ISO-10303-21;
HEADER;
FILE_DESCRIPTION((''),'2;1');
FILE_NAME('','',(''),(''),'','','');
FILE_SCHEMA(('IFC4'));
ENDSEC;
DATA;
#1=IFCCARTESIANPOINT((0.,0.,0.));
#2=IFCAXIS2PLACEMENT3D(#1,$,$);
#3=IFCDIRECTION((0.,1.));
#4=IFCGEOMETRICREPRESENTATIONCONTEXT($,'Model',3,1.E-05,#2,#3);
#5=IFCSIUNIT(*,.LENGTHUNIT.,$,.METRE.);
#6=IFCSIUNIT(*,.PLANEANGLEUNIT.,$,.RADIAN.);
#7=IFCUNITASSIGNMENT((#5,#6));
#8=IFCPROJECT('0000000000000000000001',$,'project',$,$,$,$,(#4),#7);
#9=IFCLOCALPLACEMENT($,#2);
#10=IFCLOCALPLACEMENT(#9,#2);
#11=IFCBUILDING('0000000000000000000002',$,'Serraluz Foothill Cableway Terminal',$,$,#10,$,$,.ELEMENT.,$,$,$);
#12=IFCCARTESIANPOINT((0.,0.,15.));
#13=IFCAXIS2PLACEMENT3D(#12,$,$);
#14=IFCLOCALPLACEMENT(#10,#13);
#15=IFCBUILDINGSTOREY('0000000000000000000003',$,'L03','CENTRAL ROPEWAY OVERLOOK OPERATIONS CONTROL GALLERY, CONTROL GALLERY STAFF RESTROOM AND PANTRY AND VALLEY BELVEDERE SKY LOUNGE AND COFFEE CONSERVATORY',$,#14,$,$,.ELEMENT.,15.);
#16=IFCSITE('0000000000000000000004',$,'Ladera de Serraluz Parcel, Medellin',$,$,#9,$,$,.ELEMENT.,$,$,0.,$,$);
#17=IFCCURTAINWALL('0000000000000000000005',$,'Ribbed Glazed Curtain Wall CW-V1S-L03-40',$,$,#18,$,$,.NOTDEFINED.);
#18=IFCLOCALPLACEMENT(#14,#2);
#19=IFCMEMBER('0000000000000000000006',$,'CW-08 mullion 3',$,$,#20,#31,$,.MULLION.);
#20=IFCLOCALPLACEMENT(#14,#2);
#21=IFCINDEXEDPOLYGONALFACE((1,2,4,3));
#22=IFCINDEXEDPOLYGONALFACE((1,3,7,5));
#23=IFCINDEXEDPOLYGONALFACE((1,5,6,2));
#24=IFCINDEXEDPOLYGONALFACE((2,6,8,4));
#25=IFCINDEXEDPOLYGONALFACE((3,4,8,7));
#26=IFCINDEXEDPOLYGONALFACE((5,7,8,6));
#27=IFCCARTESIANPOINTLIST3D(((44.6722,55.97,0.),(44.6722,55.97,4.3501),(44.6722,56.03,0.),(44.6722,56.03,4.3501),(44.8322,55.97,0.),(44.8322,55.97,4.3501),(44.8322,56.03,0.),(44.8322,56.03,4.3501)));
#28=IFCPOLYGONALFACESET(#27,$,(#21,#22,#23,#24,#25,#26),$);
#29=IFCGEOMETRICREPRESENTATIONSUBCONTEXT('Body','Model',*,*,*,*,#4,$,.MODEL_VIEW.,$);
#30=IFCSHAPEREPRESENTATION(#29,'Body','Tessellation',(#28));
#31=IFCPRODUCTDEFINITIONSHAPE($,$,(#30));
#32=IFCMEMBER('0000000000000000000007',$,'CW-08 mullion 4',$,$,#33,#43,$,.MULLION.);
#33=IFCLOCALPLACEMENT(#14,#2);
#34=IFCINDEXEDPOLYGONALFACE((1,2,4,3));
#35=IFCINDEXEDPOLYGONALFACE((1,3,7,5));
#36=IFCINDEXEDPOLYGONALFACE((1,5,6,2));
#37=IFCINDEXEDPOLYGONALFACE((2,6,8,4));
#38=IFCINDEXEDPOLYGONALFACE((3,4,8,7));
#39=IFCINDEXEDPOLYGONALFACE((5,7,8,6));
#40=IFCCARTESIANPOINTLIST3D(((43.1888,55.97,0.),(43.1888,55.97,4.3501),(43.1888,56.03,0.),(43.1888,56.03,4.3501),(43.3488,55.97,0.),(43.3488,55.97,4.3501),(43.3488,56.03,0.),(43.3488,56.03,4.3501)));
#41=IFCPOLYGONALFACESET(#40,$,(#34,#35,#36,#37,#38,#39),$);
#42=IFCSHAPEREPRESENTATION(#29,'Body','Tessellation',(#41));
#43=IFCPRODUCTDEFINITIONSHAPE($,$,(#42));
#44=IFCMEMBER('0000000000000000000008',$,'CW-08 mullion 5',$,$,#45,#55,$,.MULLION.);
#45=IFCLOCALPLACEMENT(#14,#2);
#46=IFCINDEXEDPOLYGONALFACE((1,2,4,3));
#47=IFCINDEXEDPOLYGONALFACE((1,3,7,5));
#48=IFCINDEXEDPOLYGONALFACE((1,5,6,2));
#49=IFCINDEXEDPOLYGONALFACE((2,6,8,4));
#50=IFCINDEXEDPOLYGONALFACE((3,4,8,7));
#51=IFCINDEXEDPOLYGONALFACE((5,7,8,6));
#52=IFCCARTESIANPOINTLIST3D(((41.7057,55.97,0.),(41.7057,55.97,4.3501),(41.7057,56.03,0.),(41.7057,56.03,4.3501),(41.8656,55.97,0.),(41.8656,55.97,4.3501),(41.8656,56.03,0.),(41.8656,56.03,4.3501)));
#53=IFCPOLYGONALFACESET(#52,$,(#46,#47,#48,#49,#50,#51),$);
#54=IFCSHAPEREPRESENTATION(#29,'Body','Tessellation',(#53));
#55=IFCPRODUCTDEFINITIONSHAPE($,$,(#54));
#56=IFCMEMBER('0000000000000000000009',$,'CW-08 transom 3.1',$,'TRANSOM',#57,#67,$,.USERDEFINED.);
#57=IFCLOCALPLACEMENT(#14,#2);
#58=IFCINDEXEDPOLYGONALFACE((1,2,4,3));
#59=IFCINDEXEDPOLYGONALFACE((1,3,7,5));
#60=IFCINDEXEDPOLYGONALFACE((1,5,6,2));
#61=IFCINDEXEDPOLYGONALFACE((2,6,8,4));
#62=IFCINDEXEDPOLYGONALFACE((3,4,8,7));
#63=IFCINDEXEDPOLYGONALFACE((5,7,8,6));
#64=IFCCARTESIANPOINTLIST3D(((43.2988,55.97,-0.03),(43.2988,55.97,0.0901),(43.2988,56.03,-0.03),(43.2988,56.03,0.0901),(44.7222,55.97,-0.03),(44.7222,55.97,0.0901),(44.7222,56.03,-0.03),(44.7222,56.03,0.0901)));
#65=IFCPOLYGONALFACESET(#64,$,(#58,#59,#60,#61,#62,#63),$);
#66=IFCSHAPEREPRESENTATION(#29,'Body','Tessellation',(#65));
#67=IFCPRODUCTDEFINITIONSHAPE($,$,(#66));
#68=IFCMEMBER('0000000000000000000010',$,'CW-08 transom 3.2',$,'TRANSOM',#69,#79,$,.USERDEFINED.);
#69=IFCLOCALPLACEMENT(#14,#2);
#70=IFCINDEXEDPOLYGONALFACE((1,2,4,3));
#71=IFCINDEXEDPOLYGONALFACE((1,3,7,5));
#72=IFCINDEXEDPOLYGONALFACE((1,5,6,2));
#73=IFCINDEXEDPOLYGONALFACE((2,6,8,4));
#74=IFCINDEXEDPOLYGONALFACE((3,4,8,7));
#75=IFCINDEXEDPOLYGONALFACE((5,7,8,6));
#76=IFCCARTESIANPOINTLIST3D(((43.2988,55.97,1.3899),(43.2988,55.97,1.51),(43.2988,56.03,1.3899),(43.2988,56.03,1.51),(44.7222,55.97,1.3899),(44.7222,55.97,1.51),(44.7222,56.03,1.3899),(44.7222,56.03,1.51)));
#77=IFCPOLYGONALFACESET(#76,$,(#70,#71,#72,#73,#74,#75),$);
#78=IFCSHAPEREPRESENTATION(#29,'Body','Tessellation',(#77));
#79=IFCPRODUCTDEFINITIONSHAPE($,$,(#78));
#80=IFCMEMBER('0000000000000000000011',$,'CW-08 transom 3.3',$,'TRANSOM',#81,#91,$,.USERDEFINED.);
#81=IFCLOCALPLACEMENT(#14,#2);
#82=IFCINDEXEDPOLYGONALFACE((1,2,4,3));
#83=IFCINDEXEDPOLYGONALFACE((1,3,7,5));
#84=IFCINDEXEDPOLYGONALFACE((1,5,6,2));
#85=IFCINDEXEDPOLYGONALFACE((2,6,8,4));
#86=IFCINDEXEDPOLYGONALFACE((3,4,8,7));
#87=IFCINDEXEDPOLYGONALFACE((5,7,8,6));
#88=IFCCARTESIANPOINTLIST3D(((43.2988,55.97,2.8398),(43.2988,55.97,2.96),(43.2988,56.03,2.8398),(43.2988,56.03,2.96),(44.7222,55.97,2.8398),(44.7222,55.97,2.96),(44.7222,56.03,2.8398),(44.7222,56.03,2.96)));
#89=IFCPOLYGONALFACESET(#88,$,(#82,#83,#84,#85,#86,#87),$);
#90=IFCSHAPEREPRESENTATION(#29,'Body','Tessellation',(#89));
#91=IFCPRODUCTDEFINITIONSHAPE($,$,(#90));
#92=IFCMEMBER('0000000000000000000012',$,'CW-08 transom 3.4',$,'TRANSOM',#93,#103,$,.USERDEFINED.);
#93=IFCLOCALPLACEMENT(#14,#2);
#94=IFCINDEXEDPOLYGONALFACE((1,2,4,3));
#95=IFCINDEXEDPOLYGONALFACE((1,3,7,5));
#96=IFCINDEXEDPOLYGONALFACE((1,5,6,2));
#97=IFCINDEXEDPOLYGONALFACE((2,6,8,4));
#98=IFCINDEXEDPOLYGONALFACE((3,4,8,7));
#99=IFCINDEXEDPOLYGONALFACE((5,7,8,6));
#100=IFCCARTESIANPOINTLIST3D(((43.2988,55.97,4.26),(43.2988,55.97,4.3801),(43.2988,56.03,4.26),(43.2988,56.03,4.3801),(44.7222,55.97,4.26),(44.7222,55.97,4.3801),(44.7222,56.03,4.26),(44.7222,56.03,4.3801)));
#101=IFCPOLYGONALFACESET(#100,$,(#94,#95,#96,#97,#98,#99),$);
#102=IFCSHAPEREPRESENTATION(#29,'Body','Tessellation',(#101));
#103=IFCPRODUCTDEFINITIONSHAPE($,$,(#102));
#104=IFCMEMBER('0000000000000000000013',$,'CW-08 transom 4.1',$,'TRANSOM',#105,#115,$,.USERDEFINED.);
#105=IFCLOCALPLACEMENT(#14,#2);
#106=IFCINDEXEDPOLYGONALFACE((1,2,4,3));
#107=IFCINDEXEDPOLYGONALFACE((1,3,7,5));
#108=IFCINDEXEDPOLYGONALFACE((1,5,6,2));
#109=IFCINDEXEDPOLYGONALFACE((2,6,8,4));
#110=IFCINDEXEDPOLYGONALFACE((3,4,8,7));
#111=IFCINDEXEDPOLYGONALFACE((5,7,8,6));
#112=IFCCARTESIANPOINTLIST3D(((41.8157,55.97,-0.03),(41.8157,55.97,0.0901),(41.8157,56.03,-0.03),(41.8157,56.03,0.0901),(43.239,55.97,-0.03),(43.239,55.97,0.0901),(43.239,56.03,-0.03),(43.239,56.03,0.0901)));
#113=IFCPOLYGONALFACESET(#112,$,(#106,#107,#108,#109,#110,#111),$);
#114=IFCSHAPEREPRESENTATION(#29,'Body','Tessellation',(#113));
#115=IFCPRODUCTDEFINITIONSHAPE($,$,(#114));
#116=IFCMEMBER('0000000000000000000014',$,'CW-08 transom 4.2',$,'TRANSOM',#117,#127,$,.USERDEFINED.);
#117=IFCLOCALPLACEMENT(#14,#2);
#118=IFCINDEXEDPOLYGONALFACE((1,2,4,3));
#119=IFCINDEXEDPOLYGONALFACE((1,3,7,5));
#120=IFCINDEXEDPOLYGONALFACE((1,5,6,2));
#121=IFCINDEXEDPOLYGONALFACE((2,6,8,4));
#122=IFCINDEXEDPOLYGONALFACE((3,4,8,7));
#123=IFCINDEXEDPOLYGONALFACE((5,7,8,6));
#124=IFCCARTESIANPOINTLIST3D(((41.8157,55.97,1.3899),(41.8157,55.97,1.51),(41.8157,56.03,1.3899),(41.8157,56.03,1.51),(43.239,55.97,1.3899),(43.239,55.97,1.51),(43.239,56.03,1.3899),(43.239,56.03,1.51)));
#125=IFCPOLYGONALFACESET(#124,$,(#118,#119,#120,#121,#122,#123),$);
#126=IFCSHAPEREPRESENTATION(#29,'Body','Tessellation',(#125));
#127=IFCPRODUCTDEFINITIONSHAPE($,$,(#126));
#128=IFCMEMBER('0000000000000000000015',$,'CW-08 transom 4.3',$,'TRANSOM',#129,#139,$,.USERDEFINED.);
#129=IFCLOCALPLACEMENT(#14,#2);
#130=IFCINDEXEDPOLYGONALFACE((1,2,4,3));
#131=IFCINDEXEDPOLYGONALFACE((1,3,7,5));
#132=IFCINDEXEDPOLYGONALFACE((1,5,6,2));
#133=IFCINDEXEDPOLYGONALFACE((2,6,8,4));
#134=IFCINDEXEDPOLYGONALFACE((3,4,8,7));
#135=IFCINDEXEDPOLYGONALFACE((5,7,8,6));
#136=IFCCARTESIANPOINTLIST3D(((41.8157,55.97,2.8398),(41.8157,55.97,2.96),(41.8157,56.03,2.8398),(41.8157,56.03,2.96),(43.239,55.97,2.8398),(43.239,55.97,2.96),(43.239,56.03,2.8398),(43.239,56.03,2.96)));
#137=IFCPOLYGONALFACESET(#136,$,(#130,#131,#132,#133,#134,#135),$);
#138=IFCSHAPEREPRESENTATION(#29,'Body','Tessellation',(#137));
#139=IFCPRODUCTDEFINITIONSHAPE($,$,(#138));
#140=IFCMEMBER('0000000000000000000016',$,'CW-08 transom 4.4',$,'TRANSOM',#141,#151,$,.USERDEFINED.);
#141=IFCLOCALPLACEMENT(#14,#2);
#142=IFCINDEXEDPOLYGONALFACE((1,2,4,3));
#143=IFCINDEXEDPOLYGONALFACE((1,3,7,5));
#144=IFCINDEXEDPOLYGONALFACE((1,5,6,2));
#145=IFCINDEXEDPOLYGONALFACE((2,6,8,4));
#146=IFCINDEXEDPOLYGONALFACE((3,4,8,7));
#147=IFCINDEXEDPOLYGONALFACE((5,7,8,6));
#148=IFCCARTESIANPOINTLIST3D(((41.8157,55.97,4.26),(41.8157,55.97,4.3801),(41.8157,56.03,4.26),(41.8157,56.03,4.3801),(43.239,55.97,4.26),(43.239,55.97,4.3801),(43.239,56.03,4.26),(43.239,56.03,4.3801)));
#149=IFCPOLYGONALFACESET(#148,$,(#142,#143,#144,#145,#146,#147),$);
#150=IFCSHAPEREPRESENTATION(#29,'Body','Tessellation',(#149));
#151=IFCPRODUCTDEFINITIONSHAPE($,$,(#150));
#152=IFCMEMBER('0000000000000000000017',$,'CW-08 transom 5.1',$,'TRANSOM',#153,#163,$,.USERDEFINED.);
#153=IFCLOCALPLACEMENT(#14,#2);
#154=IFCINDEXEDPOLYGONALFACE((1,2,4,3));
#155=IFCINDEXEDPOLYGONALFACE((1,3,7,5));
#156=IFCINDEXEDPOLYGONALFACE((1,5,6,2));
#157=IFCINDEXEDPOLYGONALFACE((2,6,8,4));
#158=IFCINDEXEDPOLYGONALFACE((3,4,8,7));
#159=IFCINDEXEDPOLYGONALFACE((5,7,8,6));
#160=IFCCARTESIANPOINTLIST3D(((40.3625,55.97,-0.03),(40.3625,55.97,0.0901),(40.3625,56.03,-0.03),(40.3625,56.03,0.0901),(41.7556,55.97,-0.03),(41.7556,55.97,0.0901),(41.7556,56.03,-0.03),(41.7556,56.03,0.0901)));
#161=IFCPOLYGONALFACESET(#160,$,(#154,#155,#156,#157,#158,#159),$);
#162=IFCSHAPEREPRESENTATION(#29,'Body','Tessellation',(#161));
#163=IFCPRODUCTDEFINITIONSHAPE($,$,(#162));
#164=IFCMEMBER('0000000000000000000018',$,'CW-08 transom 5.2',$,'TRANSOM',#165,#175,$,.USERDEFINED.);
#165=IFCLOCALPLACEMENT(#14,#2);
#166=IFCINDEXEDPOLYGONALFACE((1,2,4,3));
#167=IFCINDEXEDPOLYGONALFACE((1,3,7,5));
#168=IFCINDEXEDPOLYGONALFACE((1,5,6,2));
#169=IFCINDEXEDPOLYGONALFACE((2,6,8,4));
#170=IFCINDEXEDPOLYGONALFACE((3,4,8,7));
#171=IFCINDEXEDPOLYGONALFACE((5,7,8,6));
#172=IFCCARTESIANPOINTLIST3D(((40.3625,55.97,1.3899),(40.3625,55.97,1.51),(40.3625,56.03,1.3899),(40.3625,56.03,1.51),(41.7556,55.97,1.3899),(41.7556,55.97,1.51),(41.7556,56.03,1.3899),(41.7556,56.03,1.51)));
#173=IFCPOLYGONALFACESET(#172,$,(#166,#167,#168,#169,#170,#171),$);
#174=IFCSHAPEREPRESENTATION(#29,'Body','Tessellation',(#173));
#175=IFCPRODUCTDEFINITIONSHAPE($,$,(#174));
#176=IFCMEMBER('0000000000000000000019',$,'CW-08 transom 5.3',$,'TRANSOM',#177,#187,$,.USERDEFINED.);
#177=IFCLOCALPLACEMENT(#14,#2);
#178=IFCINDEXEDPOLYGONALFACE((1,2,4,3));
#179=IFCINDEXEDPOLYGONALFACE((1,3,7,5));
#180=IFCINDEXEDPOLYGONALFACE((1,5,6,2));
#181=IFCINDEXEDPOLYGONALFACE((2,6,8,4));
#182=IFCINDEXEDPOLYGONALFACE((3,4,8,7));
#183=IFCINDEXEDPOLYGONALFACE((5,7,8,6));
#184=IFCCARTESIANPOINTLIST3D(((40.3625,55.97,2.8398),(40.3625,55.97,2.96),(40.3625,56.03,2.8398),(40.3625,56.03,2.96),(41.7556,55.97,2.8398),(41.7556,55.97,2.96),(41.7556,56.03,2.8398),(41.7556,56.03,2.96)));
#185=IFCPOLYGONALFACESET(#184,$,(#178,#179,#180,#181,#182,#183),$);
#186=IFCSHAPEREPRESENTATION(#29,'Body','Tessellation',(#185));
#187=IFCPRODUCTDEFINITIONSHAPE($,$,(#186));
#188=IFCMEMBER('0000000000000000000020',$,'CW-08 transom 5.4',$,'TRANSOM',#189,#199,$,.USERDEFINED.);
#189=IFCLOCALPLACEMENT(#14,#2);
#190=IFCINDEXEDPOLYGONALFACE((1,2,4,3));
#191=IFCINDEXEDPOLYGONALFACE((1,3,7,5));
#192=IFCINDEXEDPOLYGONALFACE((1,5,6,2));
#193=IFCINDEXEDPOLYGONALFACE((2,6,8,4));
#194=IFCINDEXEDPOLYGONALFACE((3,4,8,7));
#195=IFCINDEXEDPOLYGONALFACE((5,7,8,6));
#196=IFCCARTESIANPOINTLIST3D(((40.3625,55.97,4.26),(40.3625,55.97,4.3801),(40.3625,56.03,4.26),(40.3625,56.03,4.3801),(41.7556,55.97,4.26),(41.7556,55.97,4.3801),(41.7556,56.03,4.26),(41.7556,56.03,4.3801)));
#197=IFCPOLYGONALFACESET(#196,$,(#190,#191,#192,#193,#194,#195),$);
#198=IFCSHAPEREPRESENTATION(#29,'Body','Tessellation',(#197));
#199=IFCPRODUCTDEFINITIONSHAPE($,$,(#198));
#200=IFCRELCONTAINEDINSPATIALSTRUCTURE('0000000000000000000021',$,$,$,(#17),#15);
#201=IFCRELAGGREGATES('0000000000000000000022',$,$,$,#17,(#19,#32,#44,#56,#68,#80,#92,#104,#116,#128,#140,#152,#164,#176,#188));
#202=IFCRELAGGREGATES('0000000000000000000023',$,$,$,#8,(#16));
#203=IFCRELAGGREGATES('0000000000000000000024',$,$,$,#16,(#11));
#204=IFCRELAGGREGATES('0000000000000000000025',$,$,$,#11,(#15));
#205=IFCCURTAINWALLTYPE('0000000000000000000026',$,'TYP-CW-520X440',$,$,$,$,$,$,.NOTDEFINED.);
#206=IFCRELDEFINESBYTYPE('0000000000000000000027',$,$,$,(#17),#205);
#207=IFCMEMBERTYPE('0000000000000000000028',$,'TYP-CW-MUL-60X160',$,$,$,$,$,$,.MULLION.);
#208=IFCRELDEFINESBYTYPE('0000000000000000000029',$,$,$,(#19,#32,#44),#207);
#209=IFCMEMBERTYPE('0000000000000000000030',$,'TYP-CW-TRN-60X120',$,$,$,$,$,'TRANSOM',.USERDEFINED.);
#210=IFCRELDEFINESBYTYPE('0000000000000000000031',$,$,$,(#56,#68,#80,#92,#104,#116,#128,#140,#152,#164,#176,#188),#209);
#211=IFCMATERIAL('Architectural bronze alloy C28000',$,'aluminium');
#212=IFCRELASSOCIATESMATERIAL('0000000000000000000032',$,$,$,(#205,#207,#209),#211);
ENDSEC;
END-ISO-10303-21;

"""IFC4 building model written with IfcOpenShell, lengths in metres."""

from ifc_helpers import new_model, si_unit, direction, frame, origin, origin_2d, place, context, subcontext, project, spatial, rectangle, extrude, material, material_profile, profile_set, type_object, element, aggregate, save


model = new_model("IFC4")

# Units and contexts
model_context = context("Model", 3, precision=1e-05, world=origin(), true_north=direction((0.0, 1.0)))
body_context = subcontext(model_context, "Body", "Model", "MODEL_VIEW")
ifc_project = project(units=[si_unit("LENGTHUNIT", "METRE"), si_unit("PLANEANGLEUNIT", "RADIAN")], contexts=[model_context])

# Site, building, storey
site_placement = place(None, origin())
site = spatial("IfcSite", under=ifc_project, at=site_placement, Name="Ladera de Serraluz Parcel, Medellin", CompositionType="ELEMENT", RefElevation=0.0)
building_placement = place(site_placement, origin())
building = spatial("IfcBuilding", under=site, at=building_placement, Name="Serraluz Foothill Cableway Terminal", CompositionType="ELEMENT")
storey_placement = place(building_placement, frame((0.0, 0.0, 15.0)))
storey = spatial("IfcBuildingStorey", under=building, at=storey_placement, Name="L03", Description="CENTRAL ROPEWAY OVERLOOK OPERATIONS CONTROL GALLERY, CONTROL GALLERY STAFF RESTROOM AND PANTRY AND VALLEY BELVEDERE SKY LOUNGE AND COFFEE CONSERVATORY", CompositionType="ELEMENT", Elevation=15.0)

# Curtain wall, members
ifc_material_1 = material(Name="Architectural bronze alloy C28000", Category="aluminium")
curtain_wall_type = type_object("IfcCurtainWallType", Name="TYP-CW-520X440", PredefinedType="NOTDEFINED", material=ifc_material_1)
curtain_wall_placement = place(storey_placement, origin())
curtain_wall = element("IfcCurtainWall", 1, at=curtain_wall_placement, inside=storey, type_object=curtain_wall_type, Name="Ribbed Glazed Curtain Wall CW-V1S-L03-40", PredefinedType="NOTDEFINED")
ifc_material_profile_1 = material_profile(ifc_material_1, rectangle(XDim=0.0601, YDim=0.1599, at=origin_2d()), Name="ALU MULLION 60x160")
ifc_profile_set_1 = profile_set([ifc_material_profile_1], Name="Architectural bronze alloy C28000")
member_type_1 = type_object("IfcMemberType", Name="TYP-CW-MUL-60X160", PredefinedType="MULLION", material=ifc_profile_set_1)
member_1_placement = place(storey_placement, frame((44.7522, 56.0, 0.0), z_axis=(0.0, 0.0, 1.0), x_axis=(0.0, -1.0, 0.0)))
member_1 = element("IfcMember", 2, at=member_1_placement, type_object=member_type_1, Name="CW-08 mullion 3", PredefinedType="MULLION", context=body_context, shape_type="SweptSolid", body=[
    extrude(rectangle(XDim=0.0601, YDim=0.1599, at=origin_2d()), origin(), (0.0, 0.0, 1.0), 4.3501),
])
member_2_placement = place(storey_placement, frame((43.2688, 56.0, 0.0), z_axis=(0.0, 0.0, 1.0), x_axis=(0.0, -1.0, 0.0)))
member_2 = element("IfcMember", 3, at=member_2_placement, type_object=member_type_1, Name="CW-08 mullion 4", PredefinedType="MULLION", context=body_context, shape_type="SweptSolid", body=[
    extrude(rectangle(XDim=0.0601, YDim=0.1599, at=origin_2d()), origin(), (0.0, 0.0, 1.0), 4.3501),
])
member_3_placement = place(storey_placement, frame((41.7856, 56.0, 0.0), z_axis=(0.0, 0.0, 1.0), x_axis=(0.0, -1.0, 0.0)))
member_3 = element("IfcMember", 4, at=member_3_placement, type_object=member_type_1, Name="CW-08 mullion 5", PredefinedType="MULLION", context=body_context, shape_type="SweptSolid", body=[
    extrude(rectangle(XDim=0.0601, YDim=0.1599, at=origin_2d()), origin(), (0.0, 0.0, 1.0), 4.3501),
])
ifc_material_profile_2 = material_profile(ifc_material_1, rectangle(XDim=0.0601, YDim=0.1201, at=origin_2d()), Name="ALU TRANSOM 60x120")
ifc_profile_set_2 = profile_set([ifc_material_profile_2], Name="Architectural bronze alloy C28000")
member_type_2 = type_object("IfcMemberType", Name="TYP-CW-TRN-60X120", ElementType="TRANSOM", PredefinedType="USERDEFINED", material=ifc_profile_set_2)
member_4_placement = place(storey_placement, frame((44.7222, 56.0, 0.03), z_axis=(-1.0, 0.0, 0.0), x_axis=(0.0, -1.0, 0.0)))
member_4 = element("IfcMember", 5, at=member_4_placement, type_object=member_type_2, Name="CW-08 transom 3.1", ObjectType="TRANSOM", PredefinedType="USERDEFINED", context=body_context, shape_type="SweptSolid", body=[
    extrude(rectangle(XDim=0.0601, YDim=0.1201, at=origin_2d()), origin(), (0.0, 0.0, 1.0), 1.4233),
])
member_5_placement = place(storey_placement, frame((44.7222, 56.0, 1.45), z_axis=(-1.0, 0.0, 0.0), x_axis=(0.0, -1.0, 0.0)))
member_5 = element("IfcMember", 6, at=member_5_placement, type_object=member_type_2, Name="CW-08 transom 3.2", ObjectType="TRANSOM", PredefinedType="USERDEFINED", context=body_context, shape_type="SweptSolid", body=[
    extrude(rectangle(XDim=0.0601, YDim=0.1201, at=origin_2d()), origin(), (0.0, 0.0, 1.0), 1.4233),
])
member_6_placement = place(storey_placement, frame((44.7222, 56.0, 2.8999), z_axis=(-1.0, 0.0, 0.0), x_axis=(0.0, -1.0, 0.0)))
member_6 = element("IfcMember", 7, at=member_6_placement, type_object=member_type_2, Name="CW-08 transom 3.3", ObjectType="TRANSOM", PredefinedType="USERDEFINED", context=body_context, shape_type="SweptSolid", body=[
    extrude(rectangle(XDim=0.0601, YDim=0.1201, at=origin_2d()), origin(), (0.0, 0.0, 1.0), 1.4233),
])
member_7_placement = place(storey_placement, frame((44.7222, 56.0, 4.3201), z_axis=(-1.0, 0.0, 0.0), x_axis=(0.0, -1.0, 0.0)))
member_7 = element("IfcMember", 8, at=member_7_placement, type_object=member_type_2, Name="CW-08 transom 3.4", ObjectType="TRANSOM", PredefinedType="USERDEFINED", context=body_context, shape_type="SweptSolid", body=[
    extrude(rectangle(XDim=0.0601, YDim=0.1201, at=origin_2d()), origin(), (0.0, 0.0, 1.0), 1.4233),
])
member_8_placement = place(storey_placement, frame((43.239, 56.0, 0.03), z_axis=(-1.0, 0.0, 0.0), x_axis=(0.0, -1.0, 0.0)))
member_8 = element("IfcMember", 9, at=member_8_placement, type_object=member_type_2, Name="CW-08 transom 4.1", ObjectType="TRANSOM", PredefinedType="USERDEFINED", context=body_context, shape_type="SweptSolid", body=[
    extrude(rectangle(XDim=0.0601, YDim=0.1201, at=origin_2d()), origin(), (0.0, 0.0, 1.0), 1.4233),
])
member_9_placement = place(storey_placement, frame((43.239, 56.0, 1.45), z_axis=(-1.0, 0.0, 0.0), x_axis=(0.0, -1.0, 0.0)))
member_9 = element("IfcMember", 10, at=member_9_placement, type_object=member_type_2, Name="CW-08 transom 4.2", ObjectType="TRANSOM", PredefinedType="USERDEFINED", context=body_context, shape_type="SweptSolid", body=[
    extrude(rectangle(XDim=0.0601, YDim=0.1201, at=origin_2d()), origin(), (0.0, 0.0, 1.0), 1.4233),
])
member_10_placement = place(storey_placement, frame((43.239, 56.0, 2.8999), z_axis=(-1.0, 0.0, 0.0), x_axis=(0.0, -1.0, 0.0)))
member_10 = element("IfcMember", 11, at=member_10_placement, type_object=member_type_2, Name="CW-08 transom 4.3", ObjectType="TRANSOM", PredefinedType="USERDEFINED", context=body_context, shape_type="SweptSolid", body=[
    extrude(rectangle(XDim=0.0601, YDim=0.1201, at=origin_2d()), origin(), (0.0, 0.0, 1.0), 1.4233),
])
member_11_placement = place(storey_placement, frame((43.239, 56.0, 4.3201), z_axis=(-1.0, 0.0, 0.0), x_axis=(0.0, -1.0, 0.0)))
member_11 = element("IfcMember", 12, at=member_11_placement, type_object=member_type_2, Name="CW-08 transom 4.4", ObjectType="TRANSOM", PredefinedType="USERDEFINED", context=body_context, shape_type="SweptSolid", body=[
    extrude(rectangle(XDim=0.0601, YDim=0.1201, at=origin_2d()), origin(), (0.0, 0.0, 1.0), 1.4233),
])
member_12_placement = place(storey_placement, frame((41.7556, 56.0, 0.03), z_axis=(-1.0, 0.0, 0.0), x_axis=(0.0, -1.0, 0.0)))
member_12 = element("IfcMember", 13, at=member_12_placement, type_object=member_type_2, Name="CW-08 transom 5.1", ObjectType="TRANSOM", PredefinedType="USERDEFINED", context=body_context, shape_type="SweptSolid", body=[
    extrude(rectangle(XDim=0.0601, YDim=0.1201, at=origin_2d()), origin(), (0.0, 0.0, 1.0), 1.3931),
])
member_13_placement = place(storey_placement, frame((41.7556, 56.0, 1.45), z_axis=(-1.0, 0.0, 0.0), x_axis=(0.0, -1.0, 0.0)))
member_13 = element("IfcMember", 14, at=member_13_placement, type_object=member_type_2, Name="CW-08 transom 5.2", ObjectType="TRANSOM", PredefinedType="USERDEFINED", context=body_context, shape_type="SweptSolid", body=[
    extrude(rectangle(XDim=0.0601, YDim=0.1201, at=origin_2d()), origin(), (0.0, 0.0, 1.0), 1.3931),
])
member_14_placement = place(storey_placement, frame((41.7556, 56.0, 2.8999), z_axis=(-1.0, 0.0, 0.0), x_axis=(0.0, -1.0, 0.0)))
member_14 = element("IfcMember", 15, at=member_14_placement, type_object=member_type_2, Name="CW-08 transom 5.3", ObjectType="TRANSOM", PredefinedType="USERDEFINED", context=body_context, shape_type="SweptSolid", body=[
    extrude(rectangle(XDim=0.0601, YDim=0.1201, at=origin_2d()), origin(), (0.0, 0.0, 1.0), 1.3931),
])
member_15_placement = place(storey_placement, frame((41.7556, 56.0, 4.3201), z_axis=(-1.0, 0.0, 0.0), x_axis=(0.0, -1.0, 0.0)))
member_15 = element("IfcMember", 16, at=member_15_placement, type_object=member_type_2, Name="CW-08 transom 5.4", ObjectType="TRANSOM", PredefinedType="USERDEFINED", context=body_context, shape_type="SweptSolid", body=[
    extrude(rectangle(XDim=0.0601, YDim=0.1201, at=origin_2d()), origin(), (0.0, 0.0, 1.0), 1.3931),
])
aggregate(curtain_wall, [member_1, member_2, member_3, member_4, member_5, member_6, member_7, member_8, member_9, member_10, member_11, member_12, member_13, member_14, member_15])

save(model, "model.ifc")
